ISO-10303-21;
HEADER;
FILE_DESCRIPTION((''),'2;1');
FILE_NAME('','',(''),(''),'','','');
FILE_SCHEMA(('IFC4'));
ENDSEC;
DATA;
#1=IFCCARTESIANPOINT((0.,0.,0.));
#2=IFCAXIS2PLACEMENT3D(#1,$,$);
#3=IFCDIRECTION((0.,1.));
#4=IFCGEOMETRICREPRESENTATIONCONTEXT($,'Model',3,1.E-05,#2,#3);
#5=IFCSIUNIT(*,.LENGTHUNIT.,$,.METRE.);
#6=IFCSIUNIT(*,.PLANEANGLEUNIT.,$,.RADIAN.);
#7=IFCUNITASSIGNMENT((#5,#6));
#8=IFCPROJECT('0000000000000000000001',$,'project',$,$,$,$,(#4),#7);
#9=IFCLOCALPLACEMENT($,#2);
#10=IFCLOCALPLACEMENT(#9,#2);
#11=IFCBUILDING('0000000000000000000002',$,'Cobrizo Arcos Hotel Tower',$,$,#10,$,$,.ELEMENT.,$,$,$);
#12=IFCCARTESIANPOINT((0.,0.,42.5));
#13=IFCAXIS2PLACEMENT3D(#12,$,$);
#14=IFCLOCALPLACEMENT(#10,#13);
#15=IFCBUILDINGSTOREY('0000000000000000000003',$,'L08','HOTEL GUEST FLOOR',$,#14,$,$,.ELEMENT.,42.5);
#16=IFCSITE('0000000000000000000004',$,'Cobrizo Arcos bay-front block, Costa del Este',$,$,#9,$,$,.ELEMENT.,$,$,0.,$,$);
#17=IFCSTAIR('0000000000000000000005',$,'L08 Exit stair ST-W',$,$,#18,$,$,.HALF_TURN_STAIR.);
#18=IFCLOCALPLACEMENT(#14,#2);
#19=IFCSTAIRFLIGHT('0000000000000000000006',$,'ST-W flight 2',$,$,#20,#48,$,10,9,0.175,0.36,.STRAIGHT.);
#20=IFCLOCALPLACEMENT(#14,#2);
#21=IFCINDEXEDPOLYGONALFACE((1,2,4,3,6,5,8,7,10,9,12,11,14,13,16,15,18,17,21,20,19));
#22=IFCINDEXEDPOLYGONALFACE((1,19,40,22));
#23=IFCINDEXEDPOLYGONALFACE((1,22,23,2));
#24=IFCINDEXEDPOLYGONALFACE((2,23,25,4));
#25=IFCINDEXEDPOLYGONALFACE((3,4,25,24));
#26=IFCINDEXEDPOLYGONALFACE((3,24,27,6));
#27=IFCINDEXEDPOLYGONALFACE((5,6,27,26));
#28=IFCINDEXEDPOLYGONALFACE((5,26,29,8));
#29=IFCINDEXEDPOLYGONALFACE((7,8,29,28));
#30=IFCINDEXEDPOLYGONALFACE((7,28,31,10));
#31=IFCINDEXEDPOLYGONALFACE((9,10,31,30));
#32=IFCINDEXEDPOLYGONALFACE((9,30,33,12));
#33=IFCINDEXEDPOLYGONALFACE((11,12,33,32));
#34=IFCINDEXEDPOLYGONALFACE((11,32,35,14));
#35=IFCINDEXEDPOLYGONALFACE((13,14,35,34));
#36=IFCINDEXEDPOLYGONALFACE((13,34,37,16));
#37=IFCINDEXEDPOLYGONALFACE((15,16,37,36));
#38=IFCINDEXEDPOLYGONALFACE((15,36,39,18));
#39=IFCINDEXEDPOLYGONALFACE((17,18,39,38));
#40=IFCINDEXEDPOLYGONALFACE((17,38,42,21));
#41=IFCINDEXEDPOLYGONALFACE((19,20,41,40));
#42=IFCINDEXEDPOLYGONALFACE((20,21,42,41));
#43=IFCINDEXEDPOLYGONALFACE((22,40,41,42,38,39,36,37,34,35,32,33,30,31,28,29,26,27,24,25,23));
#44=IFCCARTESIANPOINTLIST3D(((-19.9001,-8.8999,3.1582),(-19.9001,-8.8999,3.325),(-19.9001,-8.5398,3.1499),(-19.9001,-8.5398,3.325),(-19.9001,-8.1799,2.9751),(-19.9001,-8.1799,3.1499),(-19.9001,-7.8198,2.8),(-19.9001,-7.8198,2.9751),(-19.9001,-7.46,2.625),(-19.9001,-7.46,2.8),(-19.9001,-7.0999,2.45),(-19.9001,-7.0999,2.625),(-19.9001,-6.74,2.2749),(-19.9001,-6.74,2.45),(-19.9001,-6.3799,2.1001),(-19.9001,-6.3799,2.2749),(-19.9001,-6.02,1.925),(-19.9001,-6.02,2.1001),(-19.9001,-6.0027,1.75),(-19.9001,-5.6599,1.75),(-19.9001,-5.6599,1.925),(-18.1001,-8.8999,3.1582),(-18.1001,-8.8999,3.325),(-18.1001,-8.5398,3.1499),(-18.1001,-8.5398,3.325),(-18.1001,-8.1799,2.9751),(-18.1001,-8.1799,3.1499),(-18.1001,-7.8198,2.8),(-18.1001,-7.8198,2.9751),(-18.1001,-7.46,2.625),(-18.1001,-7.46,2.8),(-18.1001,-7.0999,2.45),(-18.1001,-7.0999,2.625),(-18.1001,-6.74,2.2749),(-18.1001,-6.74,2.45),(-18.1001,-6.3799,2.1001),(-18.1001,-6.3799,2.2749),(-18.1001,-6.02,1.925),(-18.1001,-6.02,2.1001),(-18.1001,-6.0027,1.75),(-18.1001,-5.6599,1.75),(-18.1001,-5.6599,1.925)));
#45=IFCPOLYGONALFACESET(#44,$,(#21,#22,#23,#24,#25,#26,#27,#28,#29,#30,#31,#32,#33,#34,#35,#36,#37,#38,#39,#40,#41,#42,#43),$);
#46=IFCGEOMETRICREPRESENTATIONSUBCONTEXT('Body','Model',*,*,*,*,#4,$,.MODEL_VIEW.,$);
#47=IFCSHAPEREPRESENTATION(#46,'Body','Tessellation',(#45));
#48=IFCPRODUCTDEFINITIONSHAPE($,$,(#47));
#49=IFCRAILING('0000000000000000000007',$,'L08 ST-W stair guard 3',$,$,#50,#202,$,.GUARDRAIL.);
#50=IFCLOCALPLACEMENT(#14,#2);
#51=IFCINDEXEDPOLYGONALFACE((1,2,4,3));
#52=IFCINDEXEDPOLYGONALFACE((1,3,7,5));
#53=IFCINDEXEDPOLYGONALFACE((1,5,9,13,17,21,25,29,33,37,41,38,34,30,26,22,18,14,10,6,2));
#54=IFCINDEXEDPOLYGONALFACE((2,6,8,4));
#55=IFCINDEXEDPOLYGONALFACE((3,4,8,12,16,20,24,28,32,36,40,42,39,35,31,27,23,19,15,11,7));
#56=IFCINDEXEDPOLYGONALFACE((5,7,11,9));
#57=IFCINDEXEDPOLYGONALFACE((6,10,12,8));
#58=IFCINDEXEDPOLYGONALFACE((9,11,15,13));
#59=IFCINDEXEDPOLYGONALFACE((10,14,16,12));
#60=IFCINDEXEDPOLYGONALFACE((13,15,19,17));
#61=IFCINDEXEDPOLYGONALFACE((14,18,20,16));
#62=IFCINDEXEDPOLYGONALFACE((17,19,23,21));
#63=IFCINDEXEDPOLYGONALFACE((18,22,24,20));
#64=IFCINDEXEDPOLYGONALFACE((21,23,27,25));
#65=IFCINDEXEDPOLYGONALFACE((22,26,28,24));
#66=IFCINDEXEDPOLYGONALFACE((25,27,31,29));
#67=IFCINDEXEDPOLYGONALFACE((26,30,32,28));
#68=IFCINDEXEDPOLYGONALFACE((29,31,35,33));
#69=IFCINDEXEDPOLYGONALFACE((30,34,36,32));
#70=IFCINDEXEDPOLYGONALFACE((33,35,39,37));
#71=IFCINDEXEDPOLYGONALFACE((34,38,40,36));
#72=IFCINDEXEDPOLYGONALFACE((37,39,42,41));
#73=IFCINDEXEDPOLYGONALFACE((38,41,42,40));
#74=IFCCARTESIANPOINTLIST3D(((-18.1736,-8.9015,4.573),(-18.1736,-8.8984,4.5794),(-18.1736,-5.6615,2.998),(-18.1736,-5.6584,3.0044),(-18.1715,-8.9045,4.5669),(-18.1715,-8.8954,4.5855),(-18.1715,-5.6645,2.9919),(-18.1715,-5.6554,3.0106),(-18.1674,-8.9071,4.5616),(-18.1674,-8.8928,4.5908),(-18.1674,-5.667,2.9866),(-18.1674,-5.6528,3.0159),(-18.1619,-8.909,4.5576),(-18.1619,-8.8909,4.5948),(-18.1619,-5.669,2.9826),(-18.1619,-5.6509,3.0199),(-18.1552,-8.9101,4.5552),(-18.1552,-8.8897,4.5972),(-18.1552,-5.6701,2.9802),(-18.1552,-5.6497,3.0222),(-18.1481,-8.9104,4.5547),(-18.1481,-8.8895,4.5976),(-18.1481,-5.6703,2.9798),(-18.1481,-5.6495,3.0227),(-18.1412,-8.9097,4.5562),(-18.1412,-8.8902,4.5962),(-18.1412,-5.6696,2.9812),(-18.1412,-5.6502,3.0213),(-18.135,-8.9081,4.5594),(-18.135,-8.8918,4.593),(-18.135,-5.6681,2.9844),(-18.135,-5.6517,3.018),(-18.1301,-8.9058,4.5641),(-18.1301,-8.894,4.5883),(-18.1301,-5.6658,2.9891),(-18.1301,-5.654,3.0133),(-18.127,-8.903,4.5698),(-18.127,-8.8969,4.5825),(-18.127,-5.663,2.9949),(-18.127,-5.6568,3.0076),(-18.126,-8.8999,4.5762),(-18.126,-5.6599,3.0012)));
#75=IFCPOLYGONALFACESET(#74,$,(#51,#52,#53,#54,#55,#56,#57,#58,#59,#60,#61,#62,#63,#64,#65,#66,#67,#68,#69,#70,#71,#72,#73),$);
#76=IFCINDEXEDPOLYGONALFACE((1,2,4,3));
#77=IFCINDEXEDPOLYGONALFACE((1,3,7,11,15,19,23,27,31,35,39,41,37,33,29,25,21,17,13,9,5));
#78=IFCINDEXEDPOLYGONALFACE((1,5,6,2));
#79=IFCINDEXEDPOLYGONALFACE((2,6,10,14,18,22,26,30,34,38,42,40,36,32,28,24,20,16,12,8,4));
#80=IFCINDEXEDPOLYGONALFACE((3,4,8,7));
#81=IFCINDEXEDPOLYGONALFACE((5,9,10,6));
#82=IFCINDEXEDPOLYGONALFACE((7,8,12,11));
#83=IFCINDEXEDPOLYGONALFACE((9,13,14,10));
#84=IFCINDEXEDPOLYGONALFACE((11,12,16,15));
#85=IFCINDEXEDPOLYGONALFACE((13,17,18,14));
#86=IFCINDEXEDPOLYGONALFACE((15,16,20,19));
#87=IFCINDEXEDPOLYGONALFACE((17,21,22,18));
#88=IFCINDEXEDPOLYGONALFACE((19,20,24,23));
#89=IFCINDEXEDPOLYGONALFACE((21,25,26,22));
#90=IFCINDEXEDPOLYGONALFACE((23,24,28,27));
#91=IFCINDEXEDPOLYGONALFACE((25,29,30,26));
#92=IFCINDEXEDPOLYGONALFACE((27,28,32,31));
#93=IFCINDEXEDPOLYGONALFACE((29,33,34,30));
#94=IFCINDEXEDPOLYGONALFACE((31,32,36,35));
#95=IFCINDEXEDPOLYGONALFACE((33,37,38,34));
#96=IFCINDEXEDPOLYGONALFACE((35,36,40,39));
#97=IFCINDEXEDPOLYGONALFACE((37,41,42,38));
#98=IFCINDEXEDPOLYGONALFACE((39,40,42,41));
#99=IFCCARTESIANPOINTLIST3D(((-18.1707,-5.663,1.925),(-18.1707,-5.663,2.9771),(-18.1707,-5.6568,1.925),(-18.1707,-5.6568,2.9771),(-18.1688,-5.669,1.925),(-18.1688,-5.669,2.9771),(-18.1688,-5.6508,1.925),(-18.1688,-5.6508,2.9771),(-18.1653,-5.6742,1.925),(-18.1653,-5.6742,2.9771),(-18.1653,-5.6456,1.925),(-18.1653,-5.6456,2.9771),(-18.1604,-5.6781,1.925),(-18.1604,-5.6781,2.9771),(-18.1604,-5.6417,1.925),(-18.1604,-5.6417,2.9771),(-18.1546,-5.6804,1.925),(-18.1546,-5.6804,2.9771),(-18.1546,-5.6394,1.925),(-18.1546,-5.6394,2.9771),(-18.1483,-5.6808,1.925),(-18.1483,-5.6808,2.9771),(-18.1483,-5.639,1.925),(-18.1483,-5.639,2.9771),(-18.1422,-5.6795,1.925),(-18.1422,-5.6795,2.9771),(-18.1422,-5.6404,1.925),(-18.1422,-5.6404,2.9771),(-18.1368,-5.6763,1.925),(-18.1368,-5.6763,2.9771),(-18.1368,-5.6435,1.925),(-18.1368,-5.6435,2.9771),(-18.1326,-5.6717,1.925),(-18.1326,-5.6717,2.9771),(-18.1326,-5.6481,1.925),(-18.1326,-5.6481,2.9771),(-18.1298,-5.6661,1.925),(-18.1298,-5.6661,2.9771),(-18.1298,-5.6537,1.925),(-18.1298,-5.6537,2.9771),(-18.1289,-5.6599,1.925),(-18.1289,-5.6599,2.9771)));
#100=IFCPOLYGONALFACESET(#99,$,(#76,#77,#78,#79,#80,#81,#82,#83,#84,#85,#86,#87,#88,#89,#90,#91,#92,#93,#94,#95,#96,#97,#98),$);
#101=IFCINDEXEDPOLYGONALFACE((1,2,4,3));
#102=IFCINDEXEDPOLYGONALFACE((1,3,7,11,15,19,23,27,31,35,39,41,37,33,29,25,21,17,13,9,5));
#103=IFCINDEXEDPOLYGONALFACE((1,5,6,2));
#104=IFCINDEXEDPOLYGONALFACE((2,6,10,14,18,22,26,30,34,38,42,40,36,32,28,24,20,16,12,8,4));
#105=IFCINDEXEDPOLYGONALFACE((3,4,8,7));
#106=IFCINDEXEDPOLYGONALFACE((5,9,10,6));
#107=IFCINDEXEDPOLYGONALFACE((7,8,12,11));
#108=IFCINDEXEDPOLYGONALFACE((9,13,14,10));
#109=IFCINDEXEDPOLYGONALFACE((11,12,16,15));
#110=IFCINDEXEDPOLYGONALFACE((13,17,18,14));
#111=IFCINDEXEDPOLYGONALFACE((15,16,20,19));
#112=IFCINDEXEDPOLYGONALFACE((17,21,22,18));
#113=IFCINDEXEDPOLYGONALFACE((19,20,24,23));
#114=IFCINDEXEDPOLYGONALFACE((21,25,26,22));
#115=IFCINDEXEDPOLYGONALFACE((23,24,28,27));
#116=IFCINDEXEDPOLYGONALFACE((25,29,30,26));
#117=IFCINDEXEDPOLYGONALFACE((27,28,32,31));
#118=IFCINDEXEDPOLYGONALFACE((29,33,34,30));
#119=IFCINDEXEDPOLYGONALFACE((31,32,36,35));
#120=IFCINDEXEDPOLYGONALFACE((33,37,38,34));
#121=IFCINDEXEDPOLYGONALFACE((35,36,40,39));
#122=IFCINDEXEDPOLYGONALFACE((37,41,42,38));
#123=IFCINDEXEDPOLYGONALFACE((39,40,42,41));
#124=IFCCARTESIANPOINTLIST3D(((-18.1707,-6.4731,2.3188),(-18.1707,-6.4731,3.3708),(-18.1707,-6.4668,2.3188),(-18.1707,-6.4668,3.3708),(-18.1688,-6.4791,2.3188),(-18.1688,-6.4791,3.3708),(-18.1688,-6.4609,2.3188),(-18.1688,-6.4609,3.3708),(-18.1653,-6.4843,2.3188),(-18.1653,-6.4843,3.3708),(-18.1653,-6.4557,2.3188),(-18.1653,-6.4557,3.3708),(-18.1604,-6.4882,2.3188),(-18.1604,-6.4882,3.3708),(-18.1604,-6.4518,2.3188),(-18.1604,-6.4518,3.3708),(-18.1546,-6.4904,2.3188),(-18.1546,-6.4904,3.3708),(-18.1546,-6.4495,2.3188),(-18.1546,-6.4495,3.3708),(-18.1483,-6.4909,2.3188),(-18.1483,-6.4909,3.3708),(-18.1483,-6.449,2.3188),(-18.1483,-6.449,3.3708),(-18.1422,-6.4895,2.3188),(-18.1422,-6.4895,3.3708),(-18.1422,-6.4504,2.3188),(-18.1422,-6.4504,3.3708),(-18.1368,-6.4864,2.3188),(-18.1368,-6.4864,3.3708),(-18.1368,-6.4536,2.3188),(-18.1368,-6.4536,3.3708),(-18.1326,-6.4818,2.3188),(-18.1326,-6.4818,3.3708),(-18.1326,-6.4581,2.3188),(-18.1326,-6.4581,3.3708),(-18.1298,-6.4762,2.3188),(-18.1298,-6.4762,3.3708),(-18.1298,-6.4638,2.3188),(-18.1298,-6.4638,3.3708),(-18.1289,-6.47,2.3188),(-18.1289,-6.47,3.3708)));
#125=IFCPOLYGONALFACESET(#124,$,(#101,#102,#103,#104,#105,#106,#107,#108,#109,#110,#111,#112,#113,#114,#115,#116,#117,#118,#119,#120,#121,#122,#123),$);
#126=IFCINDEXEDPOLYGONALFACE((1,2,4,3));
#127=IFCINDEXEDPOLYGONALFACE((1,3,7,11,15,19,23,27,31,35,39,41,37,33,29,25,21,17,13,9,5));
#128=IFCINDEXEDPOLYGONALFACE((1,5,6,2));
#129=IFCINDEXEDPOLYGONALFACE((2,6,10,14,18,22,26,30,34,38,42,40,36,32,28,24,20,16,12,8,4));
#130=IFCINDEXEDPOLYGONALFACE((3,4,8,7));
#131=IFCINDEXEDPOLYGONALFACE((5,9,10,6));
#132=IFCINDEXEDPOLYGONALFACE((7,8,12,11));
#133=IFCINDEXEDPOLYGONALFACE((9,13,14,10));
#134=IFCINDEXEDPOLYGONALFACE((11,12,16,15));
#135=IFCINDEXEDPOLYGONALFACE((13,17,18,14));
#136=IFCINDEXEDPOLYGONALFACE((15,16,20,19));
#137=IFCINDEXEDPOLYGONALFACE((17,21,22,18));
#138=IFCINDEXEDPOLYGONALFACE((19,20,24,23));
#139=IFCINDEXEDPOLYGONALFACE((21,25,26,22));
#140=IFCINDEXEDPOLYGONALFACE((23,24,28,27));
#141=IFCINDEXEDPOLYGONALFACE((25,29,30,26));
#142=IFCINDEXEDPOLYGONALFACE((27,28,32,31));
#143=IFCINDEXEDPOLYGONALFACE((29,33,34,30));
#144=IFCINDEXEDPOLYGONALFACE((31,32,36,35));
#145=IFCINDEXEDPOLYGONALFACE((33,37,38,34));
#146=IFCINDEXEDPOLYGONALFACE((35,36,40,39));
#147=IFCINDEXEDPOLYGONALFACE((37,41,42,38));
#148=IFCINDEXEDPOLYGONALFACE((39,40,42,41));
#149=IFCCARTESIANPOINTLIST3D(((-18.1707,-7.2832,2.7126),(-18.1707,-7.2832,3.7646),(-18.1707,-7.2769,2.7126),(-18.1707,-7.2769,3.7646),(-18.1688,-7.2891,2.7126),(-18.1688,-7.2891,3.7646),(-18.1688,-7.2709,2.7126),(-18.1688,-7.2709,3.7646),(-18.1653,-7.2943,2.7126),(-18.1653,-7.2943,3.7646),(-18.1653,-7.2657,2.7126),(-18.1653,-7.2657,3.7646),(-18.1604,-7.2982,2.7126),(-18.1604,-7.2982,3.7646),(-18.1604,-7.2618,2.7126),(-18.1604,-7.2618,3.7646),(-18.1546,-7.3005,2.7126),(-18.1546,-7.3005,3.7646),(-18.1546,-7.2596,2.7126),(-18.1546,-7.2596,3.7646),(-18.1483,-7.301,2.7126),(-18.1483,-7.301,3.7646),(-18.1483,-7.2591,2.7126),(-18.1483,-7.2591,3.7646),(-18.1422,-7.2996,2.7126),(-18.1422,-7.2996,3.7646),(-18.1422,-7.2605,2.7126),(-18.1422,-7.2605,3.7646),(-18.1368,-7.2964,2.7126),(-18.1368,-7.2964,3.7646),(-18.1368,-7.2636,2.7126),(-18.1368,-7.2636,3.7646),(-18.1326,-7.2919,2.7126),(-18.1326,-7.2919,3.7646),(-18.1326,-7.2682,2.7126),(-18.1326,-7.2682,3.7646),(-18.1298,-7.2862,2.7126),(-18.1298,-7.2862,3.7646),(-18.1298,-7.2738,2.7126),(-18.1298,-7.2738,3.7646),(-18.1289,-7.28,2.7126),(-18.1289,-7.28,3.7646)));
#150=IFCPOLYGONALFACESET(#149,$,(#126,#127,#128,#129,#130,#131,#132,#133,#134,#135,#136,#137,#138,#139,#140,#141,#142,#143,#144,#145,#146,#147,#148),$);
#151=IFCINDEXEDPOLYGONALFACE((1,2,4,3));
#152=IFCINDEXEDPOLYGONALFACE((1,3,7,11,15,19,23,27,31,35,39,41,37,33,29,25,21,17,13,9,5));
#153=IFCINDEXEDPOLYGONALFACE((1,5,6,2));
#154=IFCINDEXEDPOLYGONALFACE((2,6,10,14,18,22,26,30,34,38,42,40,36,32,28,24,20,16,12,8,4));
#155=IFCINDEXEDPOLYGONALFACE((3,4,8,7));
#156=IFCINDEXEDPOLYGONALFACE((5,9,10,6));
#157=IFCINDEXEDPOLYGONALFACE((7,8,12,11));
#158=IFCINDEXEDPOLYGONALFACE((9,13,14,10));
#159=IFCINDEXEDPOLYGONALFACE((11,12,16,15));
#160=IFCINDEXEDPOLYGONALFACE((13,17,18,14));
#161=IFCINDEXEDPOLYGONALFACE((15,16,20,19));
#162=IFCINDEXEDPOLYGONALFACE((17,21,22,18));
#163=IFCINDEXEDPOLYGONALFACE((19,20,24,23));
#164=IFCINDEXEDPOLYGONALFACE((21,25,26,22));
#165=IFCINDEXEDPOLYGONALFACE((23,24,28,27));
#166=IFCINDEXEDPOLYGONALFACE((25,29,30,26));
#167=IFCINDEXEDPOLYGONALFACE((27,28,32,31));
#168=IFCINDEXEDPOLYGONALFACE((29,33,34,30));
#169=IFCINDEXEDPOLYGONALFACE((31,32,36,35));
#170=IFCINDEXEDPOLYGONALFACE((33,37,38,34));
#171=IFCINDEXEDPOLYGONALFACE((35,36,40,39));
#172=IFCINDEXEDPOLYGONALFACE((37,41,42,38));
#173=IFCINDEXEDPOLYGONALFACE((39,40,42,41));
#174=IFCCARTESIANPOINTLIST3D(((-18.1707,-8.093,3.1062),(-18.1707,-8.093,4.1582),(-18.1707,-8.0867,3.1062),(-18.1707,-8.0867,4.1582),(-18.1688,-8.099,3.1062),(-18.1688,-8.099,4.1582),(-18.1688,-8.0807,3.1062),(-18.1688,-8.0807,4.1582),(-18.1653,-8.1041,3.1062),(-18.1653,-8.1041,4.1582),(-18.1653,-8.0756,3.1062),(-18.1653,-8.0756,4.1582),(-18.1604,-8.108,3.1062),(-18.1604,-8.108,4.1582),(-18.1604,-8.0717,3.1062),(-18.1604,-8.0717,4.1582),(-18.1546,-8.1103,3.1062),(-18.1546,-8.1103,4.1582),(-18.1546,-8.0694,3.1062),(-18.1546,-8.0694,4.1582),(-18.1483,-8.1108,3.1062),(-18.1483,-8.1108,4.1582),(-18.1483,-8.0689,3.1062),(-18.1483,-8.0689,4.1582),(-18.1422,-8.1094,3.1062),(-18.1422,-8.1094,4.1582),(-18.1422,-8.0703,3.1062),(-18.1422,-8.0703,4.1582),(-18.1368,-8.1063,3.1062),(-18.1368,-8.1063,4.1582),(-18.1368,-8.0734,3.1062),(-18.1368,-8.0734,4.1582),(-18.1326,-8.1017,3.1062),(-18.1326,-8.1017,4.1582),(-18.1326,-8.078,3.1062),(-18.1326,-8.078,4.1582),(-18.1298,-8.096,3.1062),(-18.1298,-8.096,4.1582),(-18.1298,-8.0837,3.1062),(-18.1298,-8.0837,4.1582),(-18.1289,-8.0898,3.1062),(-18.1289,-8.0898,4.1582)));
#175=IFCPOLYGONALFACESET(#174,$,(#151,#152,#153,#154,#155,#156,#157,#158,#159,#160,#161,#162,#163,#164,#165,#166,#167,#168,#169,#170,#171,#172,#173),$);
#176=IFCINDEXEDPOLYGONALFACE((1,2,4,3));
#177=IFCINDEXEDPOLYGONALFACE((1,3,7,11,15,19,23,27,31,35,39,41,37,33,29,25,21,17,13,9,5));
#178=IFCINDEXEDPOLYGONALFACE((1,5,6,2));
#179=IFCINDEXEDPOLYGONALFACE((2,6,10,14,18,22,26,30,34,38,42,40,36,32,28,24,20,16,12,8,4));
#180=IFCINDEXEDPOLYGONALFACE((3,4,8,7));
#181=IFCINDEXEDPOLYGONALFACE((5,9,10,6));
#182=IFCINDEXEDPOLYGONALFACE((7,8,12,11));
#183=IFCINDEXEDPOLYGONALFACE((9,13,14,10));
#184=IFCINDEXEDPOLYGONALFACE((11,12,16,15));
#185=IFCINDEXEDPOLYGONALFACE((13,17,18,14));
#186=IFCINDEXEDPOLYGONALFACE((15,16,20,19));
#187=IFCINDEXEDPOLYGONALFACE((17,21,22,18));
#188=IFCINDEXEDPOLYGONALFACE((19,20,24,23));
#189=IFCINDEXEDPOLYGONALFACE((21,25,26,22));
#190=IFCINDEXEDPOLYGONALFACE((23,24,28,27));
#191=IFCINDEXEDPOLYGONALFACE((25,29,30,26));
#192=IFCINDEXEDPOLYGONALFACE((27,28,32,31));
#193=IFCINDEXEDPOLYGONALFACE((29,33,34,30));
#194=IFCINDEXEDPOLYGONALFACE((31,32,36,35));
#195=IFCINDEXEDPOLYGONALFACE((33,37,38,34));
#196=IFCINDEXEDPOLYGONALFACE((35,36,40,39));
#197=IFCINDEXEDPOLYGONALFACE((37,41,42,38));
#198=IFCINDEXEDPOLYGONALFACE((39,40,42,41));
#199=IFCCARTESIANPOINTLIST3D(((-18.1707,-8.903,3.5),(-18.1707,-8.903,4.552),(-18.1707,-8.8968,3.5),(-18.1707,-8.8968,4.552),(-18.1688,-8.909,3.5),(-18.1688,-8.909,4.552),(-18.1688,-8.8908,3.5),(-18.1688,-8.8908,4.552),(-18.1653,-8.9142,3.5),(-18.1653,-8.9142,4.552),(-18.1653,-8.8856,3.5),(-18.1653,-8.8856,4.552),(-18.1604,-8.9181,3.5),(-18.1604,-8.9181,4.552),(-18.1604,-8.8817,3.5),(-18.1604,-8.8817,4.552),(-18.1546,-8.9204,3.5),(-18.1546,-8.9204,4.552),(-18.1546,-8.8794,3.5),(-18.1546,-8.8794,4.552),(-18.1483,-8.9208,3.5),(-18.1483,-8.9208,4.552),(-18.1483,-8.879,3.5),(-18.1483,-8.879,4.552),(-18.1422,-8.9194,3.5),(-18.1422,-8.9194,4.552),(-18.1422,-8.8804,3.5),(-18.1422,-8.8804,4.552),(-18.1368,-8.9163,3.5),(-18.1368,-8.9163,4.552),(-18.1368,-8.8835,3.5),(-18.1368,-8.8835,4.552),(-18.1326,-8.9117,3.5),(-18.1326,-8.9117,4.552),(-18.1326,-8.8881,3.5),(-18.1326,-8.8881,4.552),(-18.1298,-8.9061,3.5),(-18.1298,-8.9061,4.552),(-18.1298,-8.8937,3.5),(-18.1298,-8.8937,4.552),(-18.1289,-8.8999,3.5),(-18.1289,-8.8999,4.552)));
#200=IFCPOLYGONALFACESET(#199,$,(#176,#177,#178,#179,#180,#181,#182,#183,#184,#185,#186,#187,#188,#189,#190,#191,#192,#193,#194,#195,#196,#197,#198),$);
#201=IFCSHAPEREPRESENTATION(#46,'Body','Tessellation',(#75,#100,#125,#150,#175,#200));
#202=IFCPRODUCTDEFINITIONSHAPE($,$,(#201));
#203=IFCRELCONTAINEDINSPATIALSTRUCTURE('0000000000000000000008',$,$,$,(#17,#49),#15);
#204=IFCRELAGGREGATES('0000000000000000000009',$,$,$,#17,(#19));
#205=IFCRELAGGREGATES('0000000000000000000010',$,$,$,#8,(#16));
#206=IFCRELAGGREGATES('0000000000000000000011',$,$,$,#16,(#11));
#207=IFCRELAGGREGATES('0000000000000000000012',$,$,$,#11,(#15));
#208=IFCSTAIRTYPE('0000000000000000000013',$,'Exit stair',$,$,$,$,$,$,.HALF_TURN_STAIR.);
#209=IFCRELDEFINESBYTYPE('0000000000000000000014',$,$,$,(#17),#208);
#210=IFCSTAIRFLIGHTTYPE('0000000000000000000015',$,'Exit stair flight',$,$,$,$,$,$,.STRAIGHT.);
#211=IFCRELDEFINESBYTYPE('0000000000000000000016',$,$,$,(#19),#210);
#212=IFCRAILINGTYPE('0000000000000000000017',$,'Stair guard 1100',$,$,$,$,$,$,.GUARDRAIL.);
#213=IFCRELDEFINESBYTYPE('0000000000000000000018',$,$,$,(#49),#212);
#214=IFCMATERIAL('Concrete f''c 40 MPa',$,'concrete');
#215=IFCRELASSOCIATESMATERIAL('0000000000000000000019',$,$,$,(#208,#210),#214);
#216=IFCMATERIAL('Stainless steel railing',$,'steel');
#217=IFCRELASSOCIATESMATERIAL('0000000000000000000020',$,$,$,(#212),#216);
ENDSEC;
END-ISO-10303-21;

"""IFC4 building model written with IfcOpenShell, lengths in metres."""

from ifc_helpers import new_model, si_unit, direction, frame, origin, origin_2d, place, context, subcontext, project, spatial, polyline, circle, outline, extrude, material, type_object, element, aggregate, save


model = new_model("IFC4")

# Units and contexts
model_context = context("Model", 3, precision=1e-05, world=origin(), true_north=direction((0.0, 1.0)))
body_context = subcontext(model_context, "Body", "Model", "MODEL_VIEW")
ifc_project = project(units=[si_unit("LENGTHUNIT", "METRE"), si_unit("PLANEANGLEUNIT", "RADIAN")], contexts=[model_context])

# Site, building, storey
site_placement = place(None, origin())
site = spatial("IfcSite", under=ifc_project, at=site_placement, Name="Cobrizo Arcos bay-front block, Costa del Este", CompositionType="ELEMENT", RefElevation=0.0)
building_placement = place(site_placement, origin())
building = spatial("IfcBuilding", under=site, at=building_placement, Name="Cobrizo Arcos Hotel Tower", CompositionType="ELEMENT")
storey_placement = place(building_placement, frame((0.0, 0.0, 42.5)))
storey = spatial("IfcBuildingStorey", under=building, at=storey_placement, Name="L08", Description="HOTEL GUEST FLOOR", CompositionType="ELEMENT", Elevation=42.5)

# Shared definitions
ifc_material_1 = material(Name="Concrete f'c 40 MPa", Category="concrete")

# Stair, stair flight
stair_type = type_object("IfcStairType", Name="Exit stair", PredefinedType="HALF_TURN_STAIR", material=ifc_material_1)
stair_placement = place(storey_placement, origin())
stair = element("IfcStair", 1, at=stair_placement, inside=storey, type_object=stair_type, Name="L08 Exit stair ST-W", PredefinedType="HALF_TURN_STAIR")
stair_flight_type = type_object("IfcStairFlightType", Name="Exit stair flight", PredefinedType="STRAIGHT", material=ifc_material_1)
stair_flight_placement = place(storey_placement, frame((-19.0, -5.6599, 1.75), z_axis=(0.0, 0.0, 1.0), x_axis=(0.0, -1.0, 0.0)))
stair_flight = element("IfcStairFlight", 2, at=stair_flight_placement, type_object=stair_flight_type, Name="ST-W flight 2", NumberOfRisers=10, NumberOfTreads=9, PredefinedType="STRAIGHT", RiserHeight=0.175, TreadLength=0.36, context=body_context, shape_type="SweptSolid", body=[
    extrude(outline(polyline([(0.0, 0.0), (0.0, 0.175), (0.3601, 0.175), (0.3601, 0.3501), (0.72, 0.3501), (0.72, 0.5249), (1.0801, 0.5249), (1.0801, 0.7), (1.4399, 0.7), (1.4399, 0.875), (1.8, 0.875), (1.8, 1.05), (2.1599, 1.05), (2.1599, 1.2251), (2.52, 1.2251), (2.52, 1.3999), (2.8799, 1.3999), (2.8799, 1.575), (3.24, 1.575), (3.24, 1.75), (3.24, 1.4082), (0.3428, 0.0), (0.0, 0.0)])), frame((0.0, 0.8999, 0.0), z_axis=(0.0, -1.0, 0.0), x_axis=(1.0, 0.0, 0.0)), (0.0, 0.0, 1.0), 1.8),
])
aggregate(stair, [stair_flight])

# Railing
ifc_material_2 = material(Name="Stainless steel railing", Category="steel")
railing_type_1 = type_object("IfcRailingType", Name="Stair guard 1100", PredefinedType="GUARDRAIL", material=ifc_material_2)
railing_1_placement = place(storey_placement, frame((-18.1499, -5.6599, 1.925)))
element("IfcRailing", 3, at=railing_1_placement, inside=storey, type_object=railing_type_1, Name="L08 ST-W stair guard 3", PredefinedType="GUARDRAIL", context=body_context, shape_type="SweptSolid", body=[
    extrude(circle(Radius=0.0239, at=origin_2d()), frame((0.0, 0.0, 1.0762), z_axis=(0.0, -0.899373, 0.437183), x_axis=(1.0, 0.0, 0.0)), (0.0, 0.0, 1.0), 3.6025),
    extrude(circle(Radius=0.021, at=origin_2d()), origin(), (0.0, 0.0, 1.0), 1.052),
    extrude(circle(Radius=0.021, at=origin_2d()), frame((0.0, -0.8101, 0.3938)), (0.0, 0.0, 1.0), 1.052),
    extrude(circle(Radius=0.021, at=origin_2d()), frame((0.0, -1.6201, 0.7876)), (0.0, 0.0, 1.0), 1.052),
    extrude(circle(Radius=0.021, at=origin_2d()), frame((0.0, -2.4299, 1.1812)), (0.0, 0.0, 1.0), 1.052),
    extrude(circle(Radius=0.021, at=origin_2d()), frame((0.0, -3.24, 1.575)), (0.0, 0.0, 1.0), 1.052),
])

save(model, "model.ifc")
